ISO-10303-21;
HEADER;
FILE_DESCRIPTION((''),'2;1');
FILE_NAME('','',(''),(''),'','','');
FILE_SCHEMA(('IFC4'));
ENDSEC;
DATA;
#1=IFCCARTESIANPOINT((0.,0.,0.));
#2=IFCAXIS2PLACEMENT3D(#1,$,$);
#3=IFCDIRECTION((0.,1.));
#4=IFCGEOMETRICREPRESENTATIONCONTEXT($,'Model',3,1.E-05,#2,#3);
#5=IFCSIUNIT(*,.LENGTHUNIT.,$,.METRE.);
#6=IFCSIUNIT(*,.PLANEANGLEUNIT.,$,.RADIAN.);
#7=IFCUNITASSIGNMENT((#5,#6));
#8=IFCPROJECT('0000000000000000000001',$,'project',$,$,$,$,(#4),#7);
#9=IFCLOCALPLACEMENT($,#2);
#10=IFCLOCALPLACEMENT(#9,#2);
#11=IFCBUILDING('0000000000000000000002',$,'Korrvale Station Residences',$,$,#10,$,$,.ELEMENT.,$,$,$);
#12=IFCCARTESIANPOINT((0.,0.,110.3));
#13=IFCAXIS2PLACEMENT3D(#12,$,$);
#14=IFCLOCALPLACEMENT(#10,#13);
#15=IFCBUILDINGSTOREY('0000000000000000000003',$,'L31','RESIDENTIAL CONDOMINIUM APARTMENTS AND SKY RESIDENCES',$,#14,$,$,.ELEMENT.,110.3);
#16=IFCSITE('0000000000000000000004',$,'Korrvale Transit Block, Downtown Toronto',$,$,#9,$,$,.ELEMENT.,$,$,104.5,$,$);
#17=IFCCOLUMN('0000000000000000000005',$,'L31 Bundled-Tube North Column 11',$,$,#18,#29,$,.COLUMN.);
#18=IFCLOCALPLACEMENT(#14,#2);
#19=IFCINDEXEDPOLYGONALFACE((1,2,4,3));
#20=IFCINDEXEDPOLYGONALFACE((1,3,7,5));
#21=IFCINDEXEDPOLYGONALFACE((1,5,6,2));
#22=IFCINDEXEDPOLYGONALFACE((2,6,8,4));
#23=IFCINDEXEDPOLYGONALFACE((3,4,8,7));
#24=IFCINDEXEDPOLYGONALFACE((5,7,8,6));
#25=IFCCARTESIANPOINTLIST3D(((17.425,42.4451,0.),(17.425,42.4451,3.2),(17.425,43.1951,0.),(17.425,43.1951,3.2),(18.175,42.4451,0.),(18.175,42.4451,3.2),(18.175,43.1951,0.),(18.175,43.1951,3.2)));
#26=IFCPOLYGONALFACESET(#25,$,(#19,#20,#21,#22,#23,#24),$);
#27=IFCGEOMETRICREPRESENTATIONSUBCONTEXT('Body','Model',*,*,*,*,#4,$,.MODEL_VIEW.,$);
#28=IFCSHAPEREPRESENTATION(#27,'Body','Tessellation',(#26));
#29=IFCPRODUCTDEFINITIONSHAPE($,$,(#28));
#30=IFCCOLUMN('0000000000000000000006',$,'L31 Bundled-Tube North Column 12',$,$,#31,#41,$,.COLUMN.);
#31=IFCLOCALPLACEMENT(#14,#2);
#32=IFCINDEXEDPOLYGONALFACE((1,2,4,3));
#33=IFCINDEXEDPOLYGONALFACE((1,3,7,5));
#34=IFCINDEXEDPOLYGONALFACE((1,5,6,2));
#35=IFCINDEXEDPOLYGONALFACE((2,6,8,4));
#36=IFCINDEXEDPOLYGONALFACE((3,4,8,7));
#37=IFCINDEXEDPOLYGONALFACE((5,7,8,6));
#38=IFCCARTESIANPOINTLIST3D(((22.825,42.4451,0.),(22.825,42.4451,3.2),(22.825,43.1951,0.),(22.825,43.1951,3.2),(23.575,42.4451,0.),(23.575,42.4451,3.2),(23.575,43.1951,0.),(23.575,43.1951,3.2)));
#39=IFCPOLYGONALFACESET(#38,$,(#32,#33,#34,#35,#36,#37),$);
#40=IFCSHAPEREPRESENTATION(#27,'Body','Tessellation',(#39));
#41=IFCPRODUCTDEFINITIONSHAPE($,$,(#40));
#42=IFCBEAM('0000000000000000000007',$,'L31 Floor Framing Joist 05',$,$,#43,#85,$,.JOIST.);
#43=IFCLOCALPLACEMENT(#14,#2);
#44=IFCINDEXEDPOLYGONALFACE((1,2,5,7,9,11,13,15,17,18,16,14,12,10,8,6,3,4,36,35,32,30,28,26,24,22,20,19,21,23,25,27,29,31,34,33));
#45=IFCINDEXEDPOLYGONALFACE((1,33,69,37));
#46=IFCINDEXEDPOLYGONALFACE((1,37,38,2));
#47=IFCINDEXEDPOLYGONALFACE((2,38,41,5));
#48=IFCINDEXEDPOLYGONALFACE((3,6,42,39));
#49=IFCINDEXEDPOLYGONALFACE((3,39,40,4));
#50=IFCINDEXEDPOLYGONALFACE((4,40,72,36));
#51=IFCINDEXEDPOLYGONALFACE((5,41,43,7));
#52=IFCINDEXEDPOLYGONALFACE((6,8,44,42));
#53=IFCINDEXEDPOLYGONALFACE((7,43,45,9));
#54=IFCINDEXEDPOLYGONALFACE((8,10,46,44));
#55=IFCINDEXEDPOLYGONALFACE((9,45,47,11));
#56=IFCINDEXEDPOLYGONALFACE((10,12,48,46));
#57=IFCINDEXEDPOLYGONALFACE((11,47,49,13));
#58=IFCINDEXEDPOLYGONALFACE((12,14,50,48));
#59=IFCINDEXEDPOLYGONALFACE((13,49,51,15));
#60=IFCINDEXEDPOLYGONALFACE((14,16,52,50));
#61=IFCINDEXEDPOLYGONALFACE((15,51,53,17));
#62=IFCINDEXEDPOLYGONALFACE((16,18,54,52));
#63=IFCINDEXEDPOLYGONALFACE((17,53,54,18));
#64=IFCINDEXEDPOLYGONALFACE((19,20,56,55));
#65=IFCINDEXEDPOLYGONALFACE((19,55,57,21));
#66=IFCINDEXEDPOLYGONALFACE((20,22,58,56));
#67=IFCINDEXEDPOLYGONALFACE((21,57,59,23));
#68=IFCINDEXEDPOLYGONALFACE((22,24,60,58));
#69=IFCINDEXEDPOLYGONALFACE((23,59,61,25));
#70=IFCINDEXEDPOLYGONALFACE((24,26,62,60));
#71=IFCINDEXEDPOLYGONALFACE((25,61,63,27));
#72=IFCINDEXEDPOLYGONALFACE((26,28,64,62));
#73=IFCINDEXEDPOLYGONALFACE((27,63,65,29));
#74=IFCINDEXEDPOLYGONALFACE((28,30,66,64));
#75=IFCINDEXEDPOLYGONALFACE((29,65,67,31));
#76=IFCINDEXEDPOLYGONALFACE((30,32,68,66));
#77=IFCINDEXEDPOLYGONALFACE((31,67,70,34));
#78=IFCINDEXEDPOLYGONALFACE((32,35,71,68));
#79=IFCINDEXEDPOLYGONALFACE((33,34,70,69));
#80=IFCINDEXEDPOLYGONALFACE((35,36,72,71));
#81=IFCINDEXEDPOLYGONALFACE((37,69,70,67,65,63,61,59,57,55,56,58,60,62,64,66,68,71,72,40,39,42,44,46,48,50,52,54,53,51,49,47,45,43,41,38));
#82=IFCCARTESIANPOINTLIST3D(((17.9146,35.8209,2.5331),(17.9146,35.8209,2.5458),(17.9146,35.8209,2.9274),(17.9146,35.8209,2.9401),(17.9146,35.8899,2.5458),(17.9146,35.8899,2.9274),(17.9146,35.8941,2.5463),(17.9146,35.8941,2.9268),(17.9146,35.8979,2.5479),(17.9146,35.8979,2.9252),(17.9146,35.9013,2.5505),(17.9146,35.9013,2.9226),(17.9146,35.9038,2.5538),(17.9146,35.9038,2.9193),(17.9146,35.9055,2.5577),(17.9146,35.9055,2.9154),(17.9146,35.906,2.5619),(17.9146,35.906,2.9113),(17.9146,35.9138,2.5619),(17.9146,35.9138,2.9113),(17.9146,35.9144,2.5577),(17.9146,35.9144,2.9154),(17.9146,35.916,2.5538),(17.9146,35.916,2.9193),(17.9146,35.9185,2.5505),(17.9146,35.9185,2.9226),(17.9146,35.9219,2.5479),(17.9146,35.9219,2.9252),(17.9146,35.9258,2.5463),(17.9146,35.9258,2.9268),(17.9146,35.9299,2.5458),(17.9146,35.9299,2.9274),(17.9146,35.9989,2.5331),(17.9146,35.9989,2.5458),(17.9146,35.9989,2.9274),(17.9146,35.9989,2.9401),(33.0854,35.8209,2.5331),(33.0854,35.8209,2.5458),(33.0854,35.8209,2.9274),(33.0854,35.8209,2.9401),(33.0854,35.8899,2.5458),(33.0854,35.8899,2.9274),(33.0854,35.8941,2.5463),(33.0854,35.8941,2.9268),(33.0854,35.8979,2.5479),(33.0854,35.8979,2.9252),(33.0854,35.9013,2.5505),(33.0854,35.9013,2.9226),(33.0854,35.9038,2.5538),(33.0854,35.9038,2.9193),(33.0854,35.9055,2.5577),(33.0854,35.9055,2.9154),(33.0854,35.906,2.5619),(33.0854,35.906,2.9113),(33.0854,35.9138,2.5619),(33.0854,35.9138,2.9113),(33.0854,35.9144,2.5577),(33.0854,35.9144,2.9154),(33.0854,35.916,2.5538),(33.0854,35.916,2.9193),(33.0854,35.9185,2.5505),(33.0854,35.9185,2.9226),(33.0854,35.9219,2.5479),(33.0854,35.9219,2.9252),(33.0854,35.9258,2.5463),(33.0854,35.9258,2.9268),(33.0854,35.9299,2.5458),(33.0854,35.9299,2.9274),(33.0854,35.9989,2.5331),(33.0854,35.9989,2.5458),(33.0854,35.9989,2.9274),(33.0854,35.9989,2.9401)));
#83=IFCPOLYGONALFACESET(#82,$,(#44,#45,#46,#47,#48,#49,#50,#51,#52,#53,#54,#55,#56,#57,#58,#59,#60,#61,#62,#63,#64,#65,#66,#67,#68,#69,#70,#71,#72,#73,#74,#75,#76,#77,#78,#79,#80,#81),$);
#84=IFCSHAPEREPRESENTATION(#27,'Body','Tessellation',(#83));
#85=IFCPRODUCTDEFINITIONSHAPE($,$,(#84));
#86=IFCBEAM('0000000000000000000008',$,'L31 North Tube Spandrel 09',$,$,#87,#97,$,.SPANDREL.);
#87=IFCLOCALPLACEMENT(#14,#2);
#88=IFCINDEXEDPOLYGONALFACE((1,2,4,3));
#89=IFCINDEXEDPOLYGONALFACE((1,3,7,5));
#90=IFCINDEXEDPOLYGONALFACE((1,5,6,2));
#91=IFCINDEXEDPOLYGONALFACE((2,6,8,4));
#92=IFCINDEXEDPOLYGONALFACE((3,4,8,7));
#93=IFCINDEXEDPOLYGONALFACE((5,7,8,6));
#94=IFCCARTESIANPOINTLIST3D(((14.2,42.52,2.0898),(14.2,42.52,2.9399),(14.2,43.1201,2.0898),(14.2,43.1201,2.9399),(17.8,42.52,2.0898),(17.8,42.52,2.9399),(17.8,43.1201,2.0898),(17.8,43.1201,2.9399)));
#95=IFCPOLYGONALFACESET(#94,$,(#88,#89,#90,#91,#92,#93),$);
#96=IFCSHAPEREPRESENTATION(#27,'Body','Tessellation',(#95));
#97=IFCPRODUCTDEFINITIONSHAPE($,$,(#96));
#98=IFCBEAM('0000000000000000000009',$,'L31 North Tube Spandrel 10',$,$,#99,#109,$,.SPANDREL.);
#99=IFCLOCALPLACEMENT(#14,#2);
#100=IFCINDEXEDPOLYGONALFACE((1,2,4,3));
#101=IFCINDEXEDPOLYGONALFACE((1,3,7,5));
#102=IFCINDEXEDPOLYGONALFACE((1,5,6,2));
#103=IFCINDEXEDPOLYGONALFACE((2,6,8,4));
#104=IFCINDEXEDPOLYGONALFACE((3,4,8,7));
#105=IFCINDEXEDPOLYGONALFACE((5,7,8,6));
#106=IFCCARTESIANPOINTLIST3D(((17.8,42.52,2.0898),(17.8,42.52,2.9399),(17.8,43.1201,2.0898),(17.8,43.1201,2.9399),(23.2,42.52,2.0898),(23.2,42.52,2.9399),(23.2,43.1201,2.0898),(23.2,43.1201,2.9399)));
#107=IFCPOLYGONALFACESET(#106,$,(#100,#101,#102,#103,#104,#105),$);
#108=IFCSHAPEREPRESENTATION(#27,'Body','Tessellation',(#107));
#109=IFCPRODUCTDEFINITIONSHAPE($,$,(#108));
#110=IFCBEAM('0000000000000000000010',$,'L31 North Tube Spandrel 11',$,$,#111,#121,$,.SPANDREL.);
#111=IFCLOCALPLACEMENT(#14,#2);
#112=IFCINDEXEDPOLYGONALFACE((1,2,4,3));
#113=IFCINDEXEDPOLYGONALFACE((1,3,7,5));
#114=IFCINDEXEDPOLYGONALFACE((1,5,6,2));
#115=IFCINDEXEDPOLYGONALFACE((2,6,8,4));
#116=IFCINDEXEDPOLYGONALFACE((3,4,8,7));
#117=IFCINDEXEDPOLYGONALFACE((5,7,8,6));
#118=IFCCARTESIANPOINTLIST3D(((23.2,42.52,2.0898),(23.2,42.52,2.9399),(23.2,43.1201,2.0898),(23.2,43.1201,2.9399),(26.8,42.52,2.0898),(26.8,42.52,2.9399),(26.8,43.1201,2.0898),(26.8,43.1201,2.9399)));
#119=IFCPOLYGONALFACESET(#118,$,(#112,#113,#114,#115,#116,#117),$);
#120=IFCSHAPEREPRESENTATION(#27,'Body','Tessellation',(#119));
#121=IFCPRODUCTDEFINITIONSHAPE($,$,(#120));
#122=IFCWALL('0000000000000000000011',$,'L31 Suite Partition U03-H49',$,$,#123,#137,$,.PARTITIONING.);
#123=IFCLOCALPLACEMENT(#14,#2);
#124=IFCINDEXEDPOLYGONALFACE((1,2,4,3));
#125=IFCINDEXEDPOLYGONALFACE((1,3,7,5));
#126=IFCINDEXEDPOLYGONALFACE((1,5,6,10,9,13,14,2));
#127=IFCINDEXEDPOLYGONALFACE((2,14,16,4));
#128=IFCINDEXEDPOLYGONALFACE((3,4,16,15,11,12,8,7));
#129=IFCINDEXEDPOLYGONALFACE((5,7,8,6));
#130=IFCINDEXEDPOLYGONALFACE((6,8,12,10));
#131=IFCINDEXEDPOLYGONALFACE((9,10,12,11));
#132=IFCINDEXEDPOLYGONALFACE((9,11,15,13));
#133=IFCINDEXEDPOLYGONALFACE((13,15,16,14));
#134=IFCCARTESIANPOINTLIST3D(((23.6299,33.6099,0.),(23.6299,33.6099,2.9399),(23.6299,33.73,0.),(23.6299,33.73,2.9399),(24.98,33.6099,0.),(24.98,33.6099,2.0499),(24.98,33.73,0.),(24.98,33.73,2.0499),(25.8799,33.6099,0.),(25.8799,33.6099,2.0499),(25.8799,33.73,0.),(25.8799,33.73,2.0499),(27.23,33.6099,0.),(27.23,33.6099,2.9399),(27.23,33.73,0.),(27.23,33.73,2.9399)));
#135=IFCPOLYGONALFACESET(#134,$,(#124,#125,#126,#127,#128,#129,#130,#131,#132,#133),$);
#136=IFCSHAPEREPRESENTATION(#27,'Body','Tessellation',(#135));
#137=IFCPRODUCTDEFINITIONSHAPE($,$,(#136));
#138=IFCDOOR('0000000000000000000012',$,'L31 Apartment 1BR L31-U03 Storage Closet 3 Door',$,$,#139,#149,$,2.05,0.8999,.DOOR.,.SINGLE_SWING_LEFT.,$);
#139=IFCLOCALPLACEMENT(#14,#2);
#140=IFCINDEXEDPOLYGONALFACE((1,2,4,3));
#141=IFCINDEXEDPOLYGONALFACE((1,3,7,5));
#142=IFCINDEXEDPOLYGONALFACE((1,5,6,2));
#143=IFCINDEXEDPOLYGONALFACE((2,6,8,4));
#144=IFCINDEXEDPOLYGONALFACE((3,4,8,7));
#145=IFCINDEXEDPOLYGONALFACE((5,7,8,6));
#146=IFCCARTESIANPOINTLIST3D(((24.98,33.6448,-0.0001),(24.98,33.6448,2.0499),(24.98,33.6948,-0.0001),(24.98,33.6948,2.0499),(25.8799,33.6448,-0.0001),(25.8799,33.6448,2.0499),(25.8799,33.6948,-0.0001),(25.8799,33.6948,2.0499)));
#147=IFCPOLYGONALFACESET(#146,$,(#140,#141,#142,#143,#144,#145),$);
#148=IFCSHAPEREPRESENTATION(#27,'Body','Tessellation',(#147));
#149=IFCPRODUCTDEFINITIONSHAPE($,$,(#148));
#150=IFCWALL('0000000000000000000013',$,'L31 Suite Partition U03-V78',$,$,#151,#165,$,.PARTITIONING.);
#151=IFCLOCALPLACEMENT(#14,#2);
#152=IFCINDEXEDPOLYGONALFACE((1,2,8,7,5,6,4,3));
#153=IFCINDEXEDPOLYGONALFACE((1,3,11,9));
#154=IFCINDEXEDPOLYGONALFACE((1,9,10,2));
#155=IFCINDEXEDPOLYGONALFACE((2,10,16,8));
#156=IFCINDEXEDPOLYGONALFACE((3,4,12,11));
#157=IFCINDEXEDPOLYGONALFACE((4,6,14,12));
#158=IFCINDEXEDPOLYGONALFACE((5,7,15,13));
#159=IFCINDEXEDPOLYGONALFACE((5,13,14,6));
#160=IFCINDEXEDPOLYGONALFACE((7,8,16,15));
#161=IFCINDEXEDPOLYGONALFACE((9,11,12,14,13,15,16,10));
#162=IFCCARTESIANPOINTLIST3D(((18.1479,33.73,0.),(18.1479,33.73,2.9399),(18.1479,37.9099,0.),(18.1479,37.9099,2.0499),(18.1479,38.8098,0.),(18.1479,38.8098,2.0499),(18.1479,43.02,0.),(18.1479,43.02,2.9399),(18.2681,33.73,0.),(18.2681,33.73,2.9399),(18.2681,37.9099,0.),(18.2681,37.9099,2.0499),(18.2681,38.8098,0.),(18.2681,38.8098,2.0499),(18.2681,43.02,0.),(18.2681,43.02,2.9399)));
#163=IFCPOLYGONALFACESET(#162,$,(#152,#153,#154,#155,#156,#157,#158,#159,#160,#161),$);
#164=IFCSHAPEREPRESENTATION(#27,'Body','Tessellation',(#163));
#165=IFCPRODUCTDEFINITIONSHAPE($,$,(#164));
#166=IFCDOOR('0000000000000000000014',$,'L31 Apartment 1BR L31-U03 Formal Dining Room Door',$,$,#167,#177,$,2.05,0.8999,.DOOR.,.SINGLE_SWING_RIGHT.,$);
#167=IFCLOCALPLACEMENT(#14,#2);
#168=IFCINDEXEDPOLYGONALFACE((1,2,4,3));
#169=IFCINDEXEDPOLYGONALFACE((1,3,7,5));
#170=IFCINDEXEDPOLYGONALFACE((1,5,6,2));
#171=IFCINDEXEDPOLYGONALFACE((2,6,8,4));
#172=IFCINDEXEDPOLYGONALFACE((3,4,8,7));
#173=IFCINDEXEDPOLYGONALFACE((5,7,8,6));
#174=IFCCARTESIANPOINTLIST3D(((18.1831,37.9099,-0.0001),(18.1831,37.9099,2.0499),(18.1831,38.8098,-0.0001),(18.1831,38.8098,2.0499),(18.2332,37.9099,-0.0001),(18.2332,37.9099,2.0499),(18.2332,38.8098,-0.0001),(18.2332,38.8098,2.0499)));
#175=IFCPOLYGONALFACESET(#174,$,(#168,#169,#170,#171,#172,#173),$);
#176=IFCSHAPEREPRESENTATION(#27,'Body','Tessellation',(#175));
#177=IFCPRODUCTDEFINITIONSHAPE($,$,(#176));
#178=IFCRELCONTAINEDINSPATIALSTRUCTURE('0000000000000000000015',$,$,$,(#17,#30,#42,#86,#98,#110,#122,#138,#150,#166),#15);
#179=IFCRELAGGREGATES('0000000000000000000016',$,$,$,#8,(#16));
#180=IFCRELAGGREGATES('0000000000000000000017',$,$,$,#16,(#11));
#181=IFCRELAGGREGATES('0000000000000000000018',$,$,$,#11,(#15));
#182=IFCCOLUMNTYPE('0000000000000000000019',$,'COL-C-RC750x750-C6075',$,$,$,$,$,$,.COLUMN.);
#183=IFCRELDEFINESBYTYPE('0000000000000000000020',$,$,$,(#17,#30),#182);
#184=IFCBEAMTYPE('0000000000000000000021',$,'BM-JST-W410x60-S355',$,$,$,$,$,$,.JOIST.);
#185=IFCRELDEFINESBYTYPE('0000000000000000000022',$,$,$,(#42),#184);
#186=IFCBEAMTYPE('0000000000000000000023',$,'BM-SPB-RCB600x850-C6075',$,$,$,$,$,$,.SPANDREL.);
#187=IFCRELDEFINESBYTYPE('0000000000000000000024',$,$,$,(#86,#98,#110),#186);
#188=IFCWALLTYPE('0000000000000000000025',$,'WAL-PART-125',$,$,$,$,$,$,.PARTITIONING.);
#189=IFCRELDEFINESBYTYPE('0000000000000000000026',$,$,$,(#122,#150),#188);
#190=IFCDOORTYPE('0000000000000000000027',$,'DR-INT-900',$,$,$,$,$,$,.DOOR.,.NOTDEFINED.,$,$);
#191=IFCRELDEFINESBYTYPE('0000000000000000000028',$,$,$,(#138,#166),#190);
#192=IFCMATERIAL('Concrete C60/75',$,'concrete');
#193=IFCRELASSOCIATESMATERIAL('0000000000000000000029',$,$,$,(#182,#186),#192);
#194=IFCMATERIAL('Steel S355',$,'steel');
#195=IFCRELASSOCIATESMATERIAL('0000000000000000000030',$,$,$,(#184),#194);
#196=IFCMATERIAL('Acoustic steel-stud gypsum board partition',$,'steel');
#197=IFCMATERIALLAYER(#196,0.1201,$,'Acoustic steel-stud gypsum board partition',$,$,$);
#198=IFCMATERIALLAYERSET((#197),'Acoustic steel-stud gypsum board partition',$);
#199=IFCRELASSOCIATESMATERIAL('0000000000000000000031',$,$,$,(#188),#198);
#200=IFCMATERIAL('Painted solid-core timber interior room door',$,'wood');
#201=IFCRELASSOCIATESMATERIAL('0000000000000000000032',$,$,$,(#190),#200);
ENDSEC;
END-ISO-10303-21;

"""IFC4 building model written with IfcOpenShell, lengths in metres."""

from ifc_helpers import new_model, si_unit, direction, frame, frame_2d, origin, origin_2d, place, context, subcontext, project, spatial, rectangle, i_section, extrude, material, layer, layer_set, material_profile, profile_set, type_object, element, fill, save


model = new_model("IFC4")

# Units and contexts
model_context = context("Model", 3, precision=1e-05, world=origin(), true_north=direction((0.0, 1.0)))
body_context = subcontext(model_context, "Body", "Model", "MODEL_VIEW")
ifc_project = project(units=[si_unit("LENGTHUNIT", "METRE"), si_unit("PLANEANGLEUNIT", "RADIAN")], contexts=[model_context])

# Site, building, storey
site_placement = place(None, origin())
site = spatial("IfcSite", under=ifc_project, at=site_placement, Name="Korrvale Transit Block, Downtown Toronto", CompositionType="ELEMENT", RefElevation=104.5)
building_placement = place(site_placement, origin())
building = spatial("IfcBuilding", under=site, at=building_placement, Name="Korrvale Station Residences", CompositionType="ELEMENT")
storey_placement = place(building_placement, frame((0.0, 0.0, 110.3)))
storey = spatial("IfcBuildingStorey", under=building, at=storey_placement, Name="L31", Description="RESIDENTIAL CONDOMINIUM APARTMENTS AND SKY RESIDENCES", CompositionType="ELEMENT", Elevation=110.3)

# Columns
ifc_material_1 = material(Name="Concrete C60/75", Category="concrete")
ifc_material_profile_1 = material_profile(ifc_material_1, rectangle(XDim=0.75, YDim=0.75, at=origin_2d()), Name="RC750x750")
ifc_profile_set_1 = profile_set([ifc_material_profile_1], Name="Concrete C60/75")
column_type = type_object("IfcColumnType", Name="COL-C-RC750x750-C6075", PredefinedType="COLUMN", material=ifc_profile_set_1)
for number, where, z_axis, x_axis, name in (
    (1, (17.8, 42.8201, 0.0), (0.0, 0.0, 1.0), (1.0, 0.0, 0.0), "L31 Bundled-Tube North Column 11"),
    (2, (23.2, 42.8201, 0.0), (0.0, 0.0, 1.0), (1.0, 0.0, 0.0), "L31 Bundled-Tube North Column 12"),
):
    element("IfcColumn", number, at=place(storey_placement, frame(where, z_axis=z_axis, x_axis=x_axis)), inside=storey, type_object=column_type, Name=name, PredefinedType="COLUMN", context=body_context, shape_type="SweptSolid", body=[
        extrude(rectangle(XDim=0.75, YDim=0.75, at=origin_2d()), origin(), (0.0, 0.0, 1.0), 3.2),
    ])

# Beams
ifc_material_2 = material(Name="Steel S355", Category="steel")
ifc_material_profile_2 = material_profile(ifc_material_2, i_section(OverallWidth=0.178, OverallDepth=0.407, WebThickness=0.0078, FlangeThickness=0.0127, FilletRadius=0.0161, at=origin_2d()), Name="W410x60")
ifc_profile_set_2 = profile_set([ifc_material_profile_2], Name="Steel S355")
beam_type_1 = type_object("IfcBeamType", Name="BM-JST-W410x60-S355", PredefinedType="JOIST", material=ifc_profile_set_2)
beam_1_placement = place(storey_placement, frame((17.9146, 35.9099, 2.7366), z_axis=(1.0, 0.0, 0.0), x_axis=(0.0, 1.0, 0.0)))
element("IfcBeam", 3, at=beam_1_placement, inside=storey, type_object=beam_type_1, Name="L31 Floor Framing Joist 05", PredefinedType="JOIST", context=body_context, shape_type="SweptSolid", body=[
    extrude(i_section(OverallWidth=0.178, OverallDepth=0.407, WebThickness=0.0078, FlangeThickness=0.0127, FilletRadius=0.0161, at=origin_2d()), origin(), (0.0, 0.0, 1.0), 15.1709),
])
ifc_material_profile_3 = material_profile(ifc_material_1, rectangle(XDim=0.6001, YDim=0.8501, at=origin_2d()), Name="RCB600x850")
ifc_profile_set_3 = profile_set([ifc_material_profile_3], Name="Concrete C60/75")
beam_type_2 = type_object("IfcBeamType", Name="BM-SPB-RCB600x850-C6075", PredefinedType="SPANDREL", material=ifc_profile_set_3)
beam_2_placement = place(storey_placement, frame((14.2, 42.8201, 2.5149), z_axis=(1.0, 0.0, 0.0), x_axis=(0.0, 1.0, 0.0)))
element("IfcBeam", 4, at=beam_2_placement, inside=storey, type_object=beam_type_2, Name="L31 North Tube Spandrel 09", PredefinedType="SPANDREL", context=body_context, shape_type="SweptSolid", body=[
    extrude(rectangle(XDim=0.6001, YDim=0.8501, at=origin_2d()), origin(), (0.0, 0.0, 1.0), 3.6001),
])
beam_3_placement = place(storey_placement, frame((17.8, 42.8201, 2.5149), z_axis=(1.0, 0.0, 0.0), x_axis=(0.0, 1.0, 0.0)))
element("IfcBeam", 5, at=beam_3_placement, inside=storey, type_object=beam_type_2, Name="L31 North Tube Spandrel 10", PredefinedType="SPANDREL", context=body_context, shape_type="SweptSolid", body=[
    extrude(rectangle(XDim=0.6001, YDim=0.8501, at=origin_2d()), origin(), (0.0, 0.0, 1.0), 5.3999),
])
beam_4_placement = place(storey_placement, frame((23.2, 42.8201, 2.5149), z_axis=(1.0, 0.0, 0.0), x_axis=(0.0, 1.0, 0.0)))
element("IfcBeam", 6, at=beam_4_placement, inside=storey, type_object=beam_type_2, Name="L31 North Tube Spandrel 11", PredefinedType="SPANDREL", context=body_context, shape_type="SweptSolid", body=[
    extrude(rectangle(XDim=0.6001, YDim=0.8501, at=origin_2d()), origin(), (0.0, 0.0, 1.0), 3.6001),
])

# Walls, openings, doors
ifc_material_3 = material(Name="Acoustic steel-stud gypsum board partition", Category="steel")
ifc_layer_1 = layer(ifc_material_3, 0.1201, Name="Acoustic steel-stud gypsum board partition")
ifc_layer_set_1 = layer_set([ifc_layer_1], Name="Acoustic steel-stud gypsum board partition")
wall_type = type_object("IfcWallType", Name="WAL-PART-125", PredefinedType="PARTITIONING", material=ifc_layer_set_1)
wall_1_placement = place(storey_placement, frame((23.6299, 33.6699, 0.0), z_axis=(0.0, 0.0, 1.0), x_axis=(1.0, 0.0, 0.0)))
wall_1 = element("IfcWall", 7, at=wall_1_placement, inside=storey, type_object=wall_type, Name="L31 Suite Partition U03-H49", PredefinedType="PARTITIONING", context=body_context, shape_type="SweptSolid", body=[
    extrude(rectangle(XDim=3.6001, YDim=0.1201, at=frame_2d((1.8, 0.0))), origin(), (0.0, 0.0, 1.0), 2.9399),
])
opening_1_placement = place(wall_1_placement, frame((1.3501, 0.0, 0.0)))
opening_1 = element("IfcOpeningElement", 8, at=opening_1_placement, cuts=wall_1, PredefinedType="OPENING", context=body_context, shape_type="SweptSolid", body=[
    extrude(rectangle(XDim=0.8999, YDim=2.05, at=frame_2d((0.45, 1.0249))), frame((0.0, 0.0701, 0.0), z_axis=(0.0, -1.0, 0.0), x_axis=(1.0, 0.0, 0.0)), (0.0, 0.0, 1.0), 0.1401),
])
ifc_material_4 = material(Name="Painted solid-core timber interior room door", Category="wood")
door_type = type_object("IfcDoorType", Name="DR-INT-900", OperationType="NOTDEFINED", PredefinedType="DOOR", material=ifc_material_4)
door_1_placement = place(opening_1_placement, origin())
door_1 = element("IfcDoor", 9, at=door_1_placement, inside=storey, type_object=door_type, Name="L31 Apartment 1BR L31-U03 Storage Closet 3 Door", OperationType="SINGLE_SWING_LEFT", OverallHeight=2.05, OverallWidth=0.8999, PredefinedType="DOOR", context=body_context, shape_type="SweptSolid", body=[
    extrude(rectangle(XDim=0.8999, YDim=2.05, at=frame_2d((0.45, 1.0249))), frame((0.0, 0.0249, 0.0), z_axis=(0.0, -1.0, 0.0), x_axis=(1.0, 0.0, 0.0)), (0.0, 0.0, 1.0), 0.05),
])
fill(opening_1, door_1)
wall_2_placement = place(storey_placement, frame((18.208, 33.73, 0.0), z_axis=(0.0, 0.0, 1.0), x_axis=(0.0, 1.0, 0.0)))
wall_2 = element("IfcWall", 10, at=wall_2_placement, inside=storey, type_object=wall_type, Name="L31 Suite Partition U03-V78", PredefinedType="PARTITIONING", context=body_context, shape_type="SweptSolid", body=[
    extrude(rectangle(XDim=9.29, YDim=0.1201, at=frame_2d((4.645, 0.0))), origin(), (0.0, 0.0, 1.0), 2.9399),
])
opening_2_placement = place(wall_2_placement, frame((4.1799, 0.0, 0.0)))
opening_2 = element("IfcOpeningElement", 11, at=opening_2_placement, cuts=wall_2, PredefinedType="OPENING", context=body_context, shape_type="SweptSolid", body=[
    extrude(rectangle(XDim=0.8999, YDim=2.05, at=frame_2d((0.45, 1.0249))), frame((0.0, 0.0701, 0.0), z_axis=(0.0, -1.0, 0.0), x_axis=(1.0, 0.0, 0.0)), (0.0, 0.0, 1.0), 0.1401),
])
door_2_placement = place(opening_2_placement, origin())
door_2 = element("IfcDoor", 12, at=door_2_placement, inside=storey, type_object=door_type, Name="L31 Apartment 1BR L31-U03 Formal Dining Room Door", OperationType="SINGLE_SWING_RIGHT", OverallHeight=2.05, OverallWidth=0.8999, PredefinedType="DOOR", context=body_context, shape_type="SweptSolid", body=[
    extrude(rectangle(XDim=0.8999, YDim=2.05, at=frame_2d((0.45, 1.0249))), frame((0.0, 0.0249, 0.0), z_axis=(0.0, -1.0, 0.0), x_axis=(1.0, 0.0, 0.0)), (0.0, 0.0, 1.0), 0.05),
])
fill(opening_2, door_2)

save(model, "model.ifc")
